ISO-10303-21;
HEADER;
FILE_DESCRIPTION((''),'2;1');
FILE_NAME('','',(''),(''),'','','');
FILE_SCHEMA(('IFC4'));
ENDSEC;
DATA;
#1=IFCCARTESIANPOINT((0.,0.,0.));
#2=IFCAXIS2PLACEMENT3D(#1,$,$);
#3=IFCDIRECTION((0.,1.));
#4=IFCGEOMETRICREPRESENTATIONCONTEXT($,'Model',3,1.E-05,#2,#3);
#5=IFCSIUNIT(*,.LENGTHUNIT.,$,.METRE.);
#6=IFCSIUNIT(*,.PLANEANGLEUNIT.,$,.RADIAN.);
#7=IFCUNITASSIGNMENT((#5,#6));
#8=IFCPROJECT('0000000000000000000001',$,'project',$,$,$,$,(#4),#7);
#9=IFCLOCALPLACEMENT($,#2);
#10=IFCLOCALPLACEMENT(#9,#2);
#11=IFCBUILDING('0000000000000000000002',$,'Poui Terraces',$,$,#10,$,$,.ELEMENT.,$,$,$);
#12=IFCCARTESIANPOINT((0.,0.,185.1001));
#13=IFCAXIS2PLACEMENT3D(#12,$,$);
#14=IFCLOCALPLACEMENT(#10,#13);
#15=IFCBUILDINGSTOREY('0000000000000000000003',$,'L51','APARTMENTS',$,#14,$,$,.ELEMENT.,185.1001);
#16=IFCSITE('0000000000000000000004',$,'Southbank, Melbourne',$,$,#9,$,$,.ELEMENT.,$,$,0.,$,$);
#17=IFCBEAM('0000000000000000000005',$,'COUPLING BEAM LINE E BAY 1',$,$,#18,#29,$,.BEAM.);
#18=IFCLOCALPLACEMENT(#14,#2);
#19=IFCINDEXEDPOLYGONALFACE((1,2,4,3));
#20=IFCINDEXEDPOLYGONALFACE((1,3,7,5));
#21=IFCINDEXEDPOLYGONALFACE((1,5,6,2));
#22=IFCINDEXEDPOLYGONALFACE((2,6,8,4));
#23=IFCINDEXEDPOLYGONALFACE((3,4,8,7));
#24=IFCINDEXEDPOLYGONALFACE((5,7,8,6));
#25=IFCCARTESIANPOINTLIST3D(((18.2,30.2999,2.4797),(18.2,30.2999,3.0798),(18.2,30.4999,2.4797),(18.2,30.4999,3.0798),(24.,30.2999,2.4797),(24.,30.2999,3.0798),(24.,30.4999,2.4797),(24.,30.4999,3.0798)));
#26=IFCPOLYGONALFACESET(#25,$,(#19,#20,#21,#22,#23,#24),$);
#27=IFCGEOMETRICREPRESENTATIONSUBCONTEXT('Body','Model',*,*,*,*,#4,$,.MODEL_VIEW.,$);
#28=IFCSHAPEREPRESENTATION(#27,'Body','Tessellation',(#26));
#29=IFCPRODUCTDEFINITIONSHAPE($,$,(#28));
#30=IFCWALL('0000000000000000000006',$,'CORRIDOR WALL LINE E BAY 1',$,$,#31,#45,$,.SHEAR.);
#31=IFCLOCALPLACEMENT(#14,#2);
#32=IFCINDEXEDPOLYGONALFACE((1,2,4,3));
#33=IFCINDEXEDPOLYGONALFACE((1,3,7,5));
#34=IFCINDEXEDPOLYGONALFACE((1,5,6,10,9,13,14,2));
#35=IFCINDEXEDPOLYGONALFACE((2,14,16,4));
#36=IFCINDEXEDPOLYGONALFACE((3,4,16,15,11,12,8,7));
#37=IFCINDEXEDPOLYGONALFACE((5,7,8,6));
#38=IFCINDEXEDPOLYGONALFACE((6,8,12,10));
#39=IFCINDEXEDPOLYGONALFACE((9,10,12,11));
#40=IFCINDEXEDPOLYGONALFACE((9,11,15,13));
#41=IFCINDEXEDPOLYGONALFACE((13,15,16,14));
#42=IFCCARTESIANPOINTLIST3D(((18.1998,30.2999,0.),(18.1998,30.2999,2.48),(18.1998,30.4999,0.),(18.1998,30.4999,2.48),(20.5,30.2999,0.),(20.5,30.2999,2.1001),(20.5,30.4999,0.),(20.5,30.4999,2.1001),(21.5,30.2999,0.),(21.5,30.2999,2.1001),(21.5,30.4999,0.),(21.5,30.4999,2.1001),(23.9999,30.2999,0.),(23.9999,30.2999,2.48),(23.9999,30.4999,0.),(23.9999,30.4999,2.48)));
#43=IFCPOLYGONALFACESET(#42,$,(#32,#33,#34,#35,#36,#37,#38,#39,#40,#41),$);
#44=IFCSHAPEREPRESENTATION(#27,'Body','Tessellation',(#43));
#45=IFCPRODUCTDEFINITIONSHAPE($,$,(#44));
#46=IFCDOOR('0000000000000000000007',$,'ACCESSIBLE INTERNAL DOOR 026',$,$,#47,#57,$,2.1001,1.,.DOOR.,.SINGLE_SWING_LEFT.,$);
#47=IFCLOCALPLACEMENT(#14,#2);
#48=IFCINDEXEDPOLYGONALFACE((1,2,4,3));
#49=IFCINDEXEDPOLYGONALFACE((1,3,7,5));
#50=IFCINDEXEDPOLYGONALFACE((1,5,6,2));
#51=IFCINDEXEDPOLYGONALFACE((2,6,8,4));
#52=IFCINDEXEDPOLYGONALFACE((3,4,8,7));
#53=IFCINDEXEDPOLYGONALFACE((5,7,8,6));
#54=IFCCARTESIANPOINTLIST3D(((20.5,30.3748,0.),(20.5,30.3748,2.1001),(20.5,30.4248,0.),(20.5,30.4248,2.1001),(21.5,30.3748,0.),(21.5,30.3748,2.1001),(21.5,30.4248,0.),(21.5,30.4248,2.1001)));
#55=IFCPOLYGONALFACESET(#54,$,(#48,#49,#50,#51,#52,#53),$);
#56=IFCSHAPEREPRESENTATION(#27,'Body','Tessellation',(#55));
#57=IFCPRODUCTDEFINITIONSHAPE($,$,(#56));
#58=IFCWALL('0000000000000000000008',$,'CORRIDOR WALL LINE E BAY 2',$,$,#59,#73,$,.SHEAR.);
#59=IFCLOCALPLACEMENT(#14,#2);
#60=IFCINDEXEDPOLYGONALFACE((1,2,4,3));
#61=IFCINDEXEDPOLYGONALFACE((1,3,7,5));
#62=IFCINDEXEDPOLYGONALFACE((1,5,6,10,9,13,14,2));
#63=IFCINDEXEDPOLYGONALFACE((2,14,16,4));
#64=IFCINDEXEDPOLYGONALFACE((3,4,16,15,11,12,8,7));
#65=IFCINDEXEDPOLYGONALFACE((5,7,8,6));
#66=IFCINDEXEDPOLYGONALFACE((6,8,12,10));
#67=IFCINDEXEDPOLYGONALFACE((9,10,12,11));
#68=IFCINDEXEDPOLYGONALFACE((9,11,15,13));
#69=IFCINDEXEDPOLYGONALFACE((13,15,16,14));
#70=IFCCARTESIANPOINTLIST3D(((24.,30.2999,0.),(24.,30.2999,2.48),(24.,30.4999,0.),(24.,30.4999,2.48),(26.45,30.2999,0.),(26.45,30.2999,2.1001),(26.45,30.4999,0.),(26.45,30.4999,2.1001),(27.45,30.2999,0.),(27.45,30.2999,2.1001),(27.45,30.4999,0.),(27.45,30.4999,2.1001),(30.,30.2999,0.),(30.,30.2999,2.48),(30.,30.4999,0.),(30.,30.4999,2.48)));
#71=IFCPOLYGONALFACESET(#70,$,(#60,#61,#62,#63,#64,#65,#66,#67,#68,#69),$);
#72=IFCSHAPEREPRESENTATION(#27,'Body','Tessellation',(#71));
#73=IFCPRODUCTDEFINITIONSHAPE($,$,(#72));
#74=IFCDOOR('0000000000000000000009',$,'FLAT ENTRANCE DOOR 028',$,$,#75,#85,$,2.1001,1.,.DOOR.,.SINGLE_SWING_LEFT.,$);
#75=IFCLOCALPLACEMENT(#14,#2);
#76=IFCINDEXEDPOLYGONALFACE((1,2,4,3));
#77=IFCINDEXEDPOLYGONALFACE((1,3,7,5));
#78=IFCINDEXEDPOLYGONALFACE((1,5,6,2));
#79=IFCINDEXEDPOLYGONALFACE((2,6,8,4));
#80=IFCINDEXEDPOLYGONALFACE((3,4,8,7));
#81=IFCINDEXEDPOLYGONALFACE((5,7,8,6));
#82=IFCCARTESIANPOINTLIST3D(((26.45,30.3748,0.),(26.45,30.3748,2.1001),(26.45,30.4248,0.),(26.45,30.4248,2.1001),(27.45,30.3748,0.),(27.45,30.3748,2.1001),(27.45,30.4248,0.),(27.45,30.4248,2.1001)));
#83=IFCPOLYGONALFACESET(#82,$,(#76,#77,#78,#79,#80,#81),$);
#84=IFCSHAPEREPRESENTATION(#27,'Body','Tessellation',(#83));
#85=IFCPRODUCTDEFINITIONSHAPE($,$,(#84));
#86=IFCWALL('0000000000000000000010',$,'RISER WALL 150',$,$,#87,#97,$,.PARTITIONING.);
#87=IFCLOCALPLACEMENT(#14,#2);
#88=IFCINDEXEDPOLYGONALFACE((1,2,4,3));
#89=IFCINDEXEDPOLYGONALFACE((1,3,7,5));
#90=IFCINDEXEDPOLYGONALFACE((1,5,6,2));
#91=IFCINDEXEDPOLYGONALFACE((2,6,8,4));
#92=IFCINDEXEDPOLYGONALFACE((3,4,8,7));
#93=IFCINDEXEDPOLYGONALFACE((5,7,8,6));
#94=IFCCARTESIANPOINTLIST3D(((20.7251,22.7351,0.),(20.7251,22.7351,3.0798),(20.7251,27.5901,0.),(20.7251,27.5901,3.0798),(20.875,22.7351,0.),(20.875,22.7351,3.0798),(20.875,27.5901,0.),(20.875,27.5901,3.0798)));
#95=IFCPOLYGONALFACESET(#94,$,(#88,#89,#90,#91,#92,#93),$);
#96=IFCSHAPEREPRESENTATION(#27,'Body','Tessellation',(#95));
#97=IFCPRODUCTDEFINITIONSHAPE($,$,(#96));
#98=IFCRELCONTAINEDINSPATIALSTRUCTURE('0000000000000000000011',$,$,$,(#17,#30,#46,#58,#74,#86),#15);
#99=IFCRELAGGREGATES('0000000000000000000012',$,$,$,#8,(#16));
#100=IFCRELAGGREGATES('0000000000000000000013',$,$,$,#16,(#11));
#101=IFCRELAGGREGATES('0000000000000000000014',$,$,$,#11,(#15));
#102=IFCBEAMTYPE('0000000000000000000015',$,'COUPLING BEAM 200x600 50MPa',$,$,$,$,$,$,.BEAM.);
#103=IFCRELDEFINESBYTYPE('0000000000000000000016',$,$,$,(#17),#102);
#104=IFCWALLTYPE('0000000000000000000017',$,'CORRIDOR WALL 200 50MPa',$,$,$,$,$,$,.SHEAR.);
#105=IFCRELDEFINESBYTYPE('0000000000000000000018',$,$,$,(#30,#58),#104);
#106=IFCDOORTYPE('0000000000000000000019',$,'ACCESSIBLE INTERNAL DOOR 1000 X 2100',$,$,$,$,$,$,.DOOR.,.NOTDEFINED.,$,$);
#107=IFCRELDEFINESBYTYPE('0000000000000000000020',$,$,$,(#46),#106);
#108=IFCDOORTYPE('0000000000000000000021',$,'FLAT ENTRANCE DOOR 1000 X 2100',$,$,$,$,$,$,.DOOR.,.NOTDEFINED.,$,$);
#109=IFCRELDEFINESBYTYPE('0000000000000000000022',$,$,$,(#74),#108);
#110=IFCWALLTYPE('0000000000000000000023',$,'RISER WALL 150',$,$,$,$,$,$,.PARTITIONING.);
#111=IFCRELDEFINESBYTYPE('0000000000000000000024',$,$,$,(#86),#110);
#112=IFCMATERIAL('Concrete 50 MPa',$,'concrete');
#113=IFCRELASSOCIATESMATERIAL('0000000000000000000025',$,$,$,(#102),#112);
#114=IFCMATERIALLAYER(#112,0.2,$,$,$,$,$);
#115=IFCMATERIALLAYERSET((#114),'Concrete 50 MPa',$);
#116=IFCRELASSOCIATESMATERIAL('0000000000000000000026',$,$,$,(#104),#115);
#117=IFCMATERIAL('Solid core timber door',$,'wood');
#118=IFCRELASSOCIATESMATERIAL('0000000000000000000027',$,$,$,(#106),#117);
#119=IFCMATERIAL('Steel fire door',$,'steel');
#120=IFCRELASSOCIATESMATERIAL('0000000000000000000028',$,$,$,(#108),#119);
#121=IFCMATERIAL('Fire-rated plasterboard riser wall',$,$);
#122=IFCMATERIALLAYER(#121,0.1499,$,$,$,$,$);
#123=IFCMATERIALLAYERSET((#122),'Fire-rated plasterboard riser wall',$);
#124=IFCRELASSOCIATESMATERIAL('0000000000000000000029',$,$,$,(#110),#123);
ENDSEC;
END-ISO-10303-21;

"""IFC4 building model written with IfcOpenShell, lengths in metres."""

from ifc_helpers import new_model, si_unit, direction, frame, frame_2d, origin, origin_2d, place, context, subcontext, project, spatial, rectangle, extrude, source, transform, mapped, material, layer, layer_set, material_profile, profile_set, type_object, element, fill, save


model = new_model("IFC4")

# Units and contexts
model_context = context("Model", 3, precision=1e-05, world=origin(), true_north=direction((0.0, 1.0)))
body_context = subcontext(model_context, "Body", "Model", "MODEL_VIEW")
ifc_project = project(units=[si_unit("LENGTHUNIT", "METRE"), si_unit("PLANEANGLEUNIT", "RADIAN")], contexts=[model_context])

# Site, building, storey
site_placement = place(None, origin())
site = spatial("IfcSite", under=ifc_project, at=site_placement, Name="Southbank, Melbourne", CompositionType="ELEMENT", RefElevation=0.0)
building_placement = place(site_placement, origin())
building = spatial("IfcBuilding", under=site, at=building_placement, Name="Poui Terraces", CompositionType="ELEMENT")
storey_placement = place(building_placement, frame((0.0, 0.0, 185.1001)))
storey = spatial("IfcBuildingStorey", under=building, at=storey_placement, Name="L51", Description="APARTMENTS", CompositionType="ELEMENT", Elevation=185.1001)

# Beam
ifc_material_1 = material(Name="Concrete 50 MPa", Category="concrete")
ifc_material_profile = material_profile(ifc_material_1, rectangle(XDim=0.2, YDim=0.6001, at=origin_2d()), Name="RC 200x600")
ifc_profile_set = profile_set([ifc_material_profile], Name="Concrete 50 MPa")
beam_type = type_object("IfcBeamType", Name="COUPLING BEAM 200x600 50MPa", PredefinedType="BEAM", material=ifc_profile_set)
shared_shape = source(origin(), body_context, "Body", "SweptSolid", [
    extrude(rectangle(XDim=0.2, YDim=0.6001, at=origin_2d()), origin(), (0.0, 0.0, 1.0), 5.8),
])
beam_placement = place(storey_placement, frame((18.2, 30.3999, 2.7798), z_axis=(1.0, 0.0, 0.0), x_axis=(0.0, 1.0, 0.0)))
element("IfcBeam", 1, at=beam_placement, inside=storey, type_object=beam_type, Name="COUPLING BEAM LINE E BAY 1", PredefinedType="BEAM", context=body_context, shape_type="MappedRepresentation", body=[
    mapped(shared_shape, transform((0.0, 0.0, 0.0))),
])

# Walls, openings, doors
ifc_layer_1 = layer(ifc_material_1, 0.2)
ifc_layer_set_1 = layer_set([ifc_layer_1], Name="Concrete 50 MPa")
wall_type_1 = type_object("IfcWallType", Name="CORRIDOR WALL 200 50MPa", PredefinedType="SHEAR", material=ifc_layer_set_1)
wall_1_placement = place(storey_placement, frame((18.2, 30.3999, 0.0), z_axis=(0.0, 0.0, 1.0), x_axis=(1.0, 0.0, 0.0)))
wall_1 = element("IfcWall", 2, at=wall_1_placement, inside=storey, type_object=wall_type_1, Name="CORRIDOR WALL LINE E BAY 1", PredefinedType="SHEAR", context=body_context, shape_type="SweptSolid", body=[
    extrude(rectangle(XDim=5.8, YDim=0.2, at=frame_2d((2.8999, 0.0))), origin(), (0.0, 0.0, 1.0), 2.48),
])
opening_1_placement = place(wall_1_placement, frame((2.3, 0.0, 0.0)))
opening_1 = element("IfcOpeningElement", 3, at=opening_1_placement, cuts=wall_1, PredefinedType="OPENING", context=body_context, shape_type="SweptSolid", body=[
    extrude(rectangle(XDim=1.0, YDim=2.1001, at=frame_2d((0.5, 1.05))), frame((0.0, 0.1099, 0.0), z_axis=(0.0, -1.0, 0.0), x_axis=(1.0, 0.0, 0.0)), (0.0, 0.0, 1.0), 0.22),
])
ifc_material_2 = material(Name="Solid core timber door", Category="wood")
door_type_1 = type_object("IfcDoorType", Name="ACCESSIBLE INTERNAL DOOR 1000 X 2100", OperationType="NOTDEFINED", PredefinedType="DOOR", material=ifc_material_2)
door_1_placement = place(opening_1_placement, origin())
door_1 = element("IfcDoor", 4, at=door_1_placement, inside=storey, type_object=door_type_1, Name="ACCESSIBLE INTERNAL DOOR 026", OperationType="SINGLE_SWING_LEFT", OverallHeight=2.1001, OverallWidth=1.0, PredefinedType="DOOR", context=body_context, shape_type="SweptSolid", body=[
    extrude(rectangle(XDim=1.0, YDim=2.1001, at=frame_2d((0.5, 1.05))), frame((0.0, 0.0249, 0.0), z_axis=(0.0, -1.0, 0.0), x_axis=(1.0, 0.0, 0.0)), (0.0, 0.0, 1.0), 0.05),
])
fill(opening_1, door_1)
wall_2_placement = place(storey_placement, frame((24.0, 30.3999, 0.0), z_axis=(0.0, 0.0, 1.0), x_axis=(1.0, 0.0, 0.0)))
wall_2 = element("IfcWall", 5, at=wall_2_placement, inside=storey, type_object=wall_type_1, Name="CORRIDOR WALL LINE E BAY 2", PredefinedType="SHEAR", context=body_context, shape_type="SweptSolid", body=[
    extrude(rectangle(XDim=6.0, YDim=0.2, at=frame_2d((3.0, 0.0))), origin(), (0.0, 0.0, 1.0), 2.48),
])
opening_2_placement = place(wall_2_placement, frame((2.45, 0.0, 0.0)))
opening_2 = element("IfcOpeningElement", 6, at=opening_2_placement, cuts=wall_2, PredefinedType="OPENING", context=body_context, shape_type="SweptSolid", body=[
    extrude(rectangle(XDim=1.0, YDim=2.1001, at=frame_2d((0.5, 1.05))), frame((0.0, 0.1099, 0.0), z_axis=(0.0, -1.0, 0.0), x_axis=(1.0, 0.0, 0.0)), (0.0, 0.0, 1.0), 0.22),
])
ifc_material_3 = material(Name="Steel fire door", Category="steel")
door_type_2 = type_object("IfcDoorType", Name="FLAT ENTRANCE DOOR 1000 X 2100", OperationType="NOTDEFINED", PredefinedType="DOOR", material=ifc_material_3)
door_2_placement = place(opening_2_placement, origin())
door_2 = element("IfcDoor", 7, at=door_2_placement, inside=storey, type_object=door_type_2, Name="FLAT ENTRANCE DOOR 028", OperationType="SINGLE_SWING_LEFT", OverallHeight=2.1001, OverallWidth=1.0, PredefinedType="DOOR", context=body_context, shape_type="SweptSolid", body=[
    extrude(rectangle(XDim=1.0, YDim=2.1001, at=frame_2d((0.5, 1.05))), frame((0.0, 0.0249, 0.0), z_axis=(0.0, -1.0, 0.0), x_axis=(1.0, 0.0, 0.0)), (0.0, 0.0, 1.0), 0.05),
])
fill(opening_2, door_2)

# Wall
ifc_material_4 = material(Name="Fire-rated plasterboard riser wall")
ifc_layer_2 = layer(ifc_material_4, 0.1499)
ifc_layer_set_2 = layer_set([ifc_layer_2], Name="Fire-rated plasterboard riser wall")
wall_type_2 = type_object("IfcWallType", Name="RISER WALL 150", PredefinedType="PARTITIONING", material=ifc_layer_set_2)
wall_3_placement = place(storey_placement, frame((20.8, 22.7351, 0.0), z_axis=(0.0, 0.0, 1.0), x_axis=(0.0, 1.0, 0.0)))
element("IfcWall", 8, at=wall_3_placement, inside=storey, type_object=wall_type_2, Name="RISER WALL 150", PredefinedType="PARTITIONING", context=body_context, shape_type="SweptSolid", body=[
    extrude(rectangle(XDim=4.855, YDim=0.1499, at=frame_2d((2.4275, 0.0))), origin(), (0.0, 0.0, 1.0), 3.0798),
])

save(model, "model.ifc")
